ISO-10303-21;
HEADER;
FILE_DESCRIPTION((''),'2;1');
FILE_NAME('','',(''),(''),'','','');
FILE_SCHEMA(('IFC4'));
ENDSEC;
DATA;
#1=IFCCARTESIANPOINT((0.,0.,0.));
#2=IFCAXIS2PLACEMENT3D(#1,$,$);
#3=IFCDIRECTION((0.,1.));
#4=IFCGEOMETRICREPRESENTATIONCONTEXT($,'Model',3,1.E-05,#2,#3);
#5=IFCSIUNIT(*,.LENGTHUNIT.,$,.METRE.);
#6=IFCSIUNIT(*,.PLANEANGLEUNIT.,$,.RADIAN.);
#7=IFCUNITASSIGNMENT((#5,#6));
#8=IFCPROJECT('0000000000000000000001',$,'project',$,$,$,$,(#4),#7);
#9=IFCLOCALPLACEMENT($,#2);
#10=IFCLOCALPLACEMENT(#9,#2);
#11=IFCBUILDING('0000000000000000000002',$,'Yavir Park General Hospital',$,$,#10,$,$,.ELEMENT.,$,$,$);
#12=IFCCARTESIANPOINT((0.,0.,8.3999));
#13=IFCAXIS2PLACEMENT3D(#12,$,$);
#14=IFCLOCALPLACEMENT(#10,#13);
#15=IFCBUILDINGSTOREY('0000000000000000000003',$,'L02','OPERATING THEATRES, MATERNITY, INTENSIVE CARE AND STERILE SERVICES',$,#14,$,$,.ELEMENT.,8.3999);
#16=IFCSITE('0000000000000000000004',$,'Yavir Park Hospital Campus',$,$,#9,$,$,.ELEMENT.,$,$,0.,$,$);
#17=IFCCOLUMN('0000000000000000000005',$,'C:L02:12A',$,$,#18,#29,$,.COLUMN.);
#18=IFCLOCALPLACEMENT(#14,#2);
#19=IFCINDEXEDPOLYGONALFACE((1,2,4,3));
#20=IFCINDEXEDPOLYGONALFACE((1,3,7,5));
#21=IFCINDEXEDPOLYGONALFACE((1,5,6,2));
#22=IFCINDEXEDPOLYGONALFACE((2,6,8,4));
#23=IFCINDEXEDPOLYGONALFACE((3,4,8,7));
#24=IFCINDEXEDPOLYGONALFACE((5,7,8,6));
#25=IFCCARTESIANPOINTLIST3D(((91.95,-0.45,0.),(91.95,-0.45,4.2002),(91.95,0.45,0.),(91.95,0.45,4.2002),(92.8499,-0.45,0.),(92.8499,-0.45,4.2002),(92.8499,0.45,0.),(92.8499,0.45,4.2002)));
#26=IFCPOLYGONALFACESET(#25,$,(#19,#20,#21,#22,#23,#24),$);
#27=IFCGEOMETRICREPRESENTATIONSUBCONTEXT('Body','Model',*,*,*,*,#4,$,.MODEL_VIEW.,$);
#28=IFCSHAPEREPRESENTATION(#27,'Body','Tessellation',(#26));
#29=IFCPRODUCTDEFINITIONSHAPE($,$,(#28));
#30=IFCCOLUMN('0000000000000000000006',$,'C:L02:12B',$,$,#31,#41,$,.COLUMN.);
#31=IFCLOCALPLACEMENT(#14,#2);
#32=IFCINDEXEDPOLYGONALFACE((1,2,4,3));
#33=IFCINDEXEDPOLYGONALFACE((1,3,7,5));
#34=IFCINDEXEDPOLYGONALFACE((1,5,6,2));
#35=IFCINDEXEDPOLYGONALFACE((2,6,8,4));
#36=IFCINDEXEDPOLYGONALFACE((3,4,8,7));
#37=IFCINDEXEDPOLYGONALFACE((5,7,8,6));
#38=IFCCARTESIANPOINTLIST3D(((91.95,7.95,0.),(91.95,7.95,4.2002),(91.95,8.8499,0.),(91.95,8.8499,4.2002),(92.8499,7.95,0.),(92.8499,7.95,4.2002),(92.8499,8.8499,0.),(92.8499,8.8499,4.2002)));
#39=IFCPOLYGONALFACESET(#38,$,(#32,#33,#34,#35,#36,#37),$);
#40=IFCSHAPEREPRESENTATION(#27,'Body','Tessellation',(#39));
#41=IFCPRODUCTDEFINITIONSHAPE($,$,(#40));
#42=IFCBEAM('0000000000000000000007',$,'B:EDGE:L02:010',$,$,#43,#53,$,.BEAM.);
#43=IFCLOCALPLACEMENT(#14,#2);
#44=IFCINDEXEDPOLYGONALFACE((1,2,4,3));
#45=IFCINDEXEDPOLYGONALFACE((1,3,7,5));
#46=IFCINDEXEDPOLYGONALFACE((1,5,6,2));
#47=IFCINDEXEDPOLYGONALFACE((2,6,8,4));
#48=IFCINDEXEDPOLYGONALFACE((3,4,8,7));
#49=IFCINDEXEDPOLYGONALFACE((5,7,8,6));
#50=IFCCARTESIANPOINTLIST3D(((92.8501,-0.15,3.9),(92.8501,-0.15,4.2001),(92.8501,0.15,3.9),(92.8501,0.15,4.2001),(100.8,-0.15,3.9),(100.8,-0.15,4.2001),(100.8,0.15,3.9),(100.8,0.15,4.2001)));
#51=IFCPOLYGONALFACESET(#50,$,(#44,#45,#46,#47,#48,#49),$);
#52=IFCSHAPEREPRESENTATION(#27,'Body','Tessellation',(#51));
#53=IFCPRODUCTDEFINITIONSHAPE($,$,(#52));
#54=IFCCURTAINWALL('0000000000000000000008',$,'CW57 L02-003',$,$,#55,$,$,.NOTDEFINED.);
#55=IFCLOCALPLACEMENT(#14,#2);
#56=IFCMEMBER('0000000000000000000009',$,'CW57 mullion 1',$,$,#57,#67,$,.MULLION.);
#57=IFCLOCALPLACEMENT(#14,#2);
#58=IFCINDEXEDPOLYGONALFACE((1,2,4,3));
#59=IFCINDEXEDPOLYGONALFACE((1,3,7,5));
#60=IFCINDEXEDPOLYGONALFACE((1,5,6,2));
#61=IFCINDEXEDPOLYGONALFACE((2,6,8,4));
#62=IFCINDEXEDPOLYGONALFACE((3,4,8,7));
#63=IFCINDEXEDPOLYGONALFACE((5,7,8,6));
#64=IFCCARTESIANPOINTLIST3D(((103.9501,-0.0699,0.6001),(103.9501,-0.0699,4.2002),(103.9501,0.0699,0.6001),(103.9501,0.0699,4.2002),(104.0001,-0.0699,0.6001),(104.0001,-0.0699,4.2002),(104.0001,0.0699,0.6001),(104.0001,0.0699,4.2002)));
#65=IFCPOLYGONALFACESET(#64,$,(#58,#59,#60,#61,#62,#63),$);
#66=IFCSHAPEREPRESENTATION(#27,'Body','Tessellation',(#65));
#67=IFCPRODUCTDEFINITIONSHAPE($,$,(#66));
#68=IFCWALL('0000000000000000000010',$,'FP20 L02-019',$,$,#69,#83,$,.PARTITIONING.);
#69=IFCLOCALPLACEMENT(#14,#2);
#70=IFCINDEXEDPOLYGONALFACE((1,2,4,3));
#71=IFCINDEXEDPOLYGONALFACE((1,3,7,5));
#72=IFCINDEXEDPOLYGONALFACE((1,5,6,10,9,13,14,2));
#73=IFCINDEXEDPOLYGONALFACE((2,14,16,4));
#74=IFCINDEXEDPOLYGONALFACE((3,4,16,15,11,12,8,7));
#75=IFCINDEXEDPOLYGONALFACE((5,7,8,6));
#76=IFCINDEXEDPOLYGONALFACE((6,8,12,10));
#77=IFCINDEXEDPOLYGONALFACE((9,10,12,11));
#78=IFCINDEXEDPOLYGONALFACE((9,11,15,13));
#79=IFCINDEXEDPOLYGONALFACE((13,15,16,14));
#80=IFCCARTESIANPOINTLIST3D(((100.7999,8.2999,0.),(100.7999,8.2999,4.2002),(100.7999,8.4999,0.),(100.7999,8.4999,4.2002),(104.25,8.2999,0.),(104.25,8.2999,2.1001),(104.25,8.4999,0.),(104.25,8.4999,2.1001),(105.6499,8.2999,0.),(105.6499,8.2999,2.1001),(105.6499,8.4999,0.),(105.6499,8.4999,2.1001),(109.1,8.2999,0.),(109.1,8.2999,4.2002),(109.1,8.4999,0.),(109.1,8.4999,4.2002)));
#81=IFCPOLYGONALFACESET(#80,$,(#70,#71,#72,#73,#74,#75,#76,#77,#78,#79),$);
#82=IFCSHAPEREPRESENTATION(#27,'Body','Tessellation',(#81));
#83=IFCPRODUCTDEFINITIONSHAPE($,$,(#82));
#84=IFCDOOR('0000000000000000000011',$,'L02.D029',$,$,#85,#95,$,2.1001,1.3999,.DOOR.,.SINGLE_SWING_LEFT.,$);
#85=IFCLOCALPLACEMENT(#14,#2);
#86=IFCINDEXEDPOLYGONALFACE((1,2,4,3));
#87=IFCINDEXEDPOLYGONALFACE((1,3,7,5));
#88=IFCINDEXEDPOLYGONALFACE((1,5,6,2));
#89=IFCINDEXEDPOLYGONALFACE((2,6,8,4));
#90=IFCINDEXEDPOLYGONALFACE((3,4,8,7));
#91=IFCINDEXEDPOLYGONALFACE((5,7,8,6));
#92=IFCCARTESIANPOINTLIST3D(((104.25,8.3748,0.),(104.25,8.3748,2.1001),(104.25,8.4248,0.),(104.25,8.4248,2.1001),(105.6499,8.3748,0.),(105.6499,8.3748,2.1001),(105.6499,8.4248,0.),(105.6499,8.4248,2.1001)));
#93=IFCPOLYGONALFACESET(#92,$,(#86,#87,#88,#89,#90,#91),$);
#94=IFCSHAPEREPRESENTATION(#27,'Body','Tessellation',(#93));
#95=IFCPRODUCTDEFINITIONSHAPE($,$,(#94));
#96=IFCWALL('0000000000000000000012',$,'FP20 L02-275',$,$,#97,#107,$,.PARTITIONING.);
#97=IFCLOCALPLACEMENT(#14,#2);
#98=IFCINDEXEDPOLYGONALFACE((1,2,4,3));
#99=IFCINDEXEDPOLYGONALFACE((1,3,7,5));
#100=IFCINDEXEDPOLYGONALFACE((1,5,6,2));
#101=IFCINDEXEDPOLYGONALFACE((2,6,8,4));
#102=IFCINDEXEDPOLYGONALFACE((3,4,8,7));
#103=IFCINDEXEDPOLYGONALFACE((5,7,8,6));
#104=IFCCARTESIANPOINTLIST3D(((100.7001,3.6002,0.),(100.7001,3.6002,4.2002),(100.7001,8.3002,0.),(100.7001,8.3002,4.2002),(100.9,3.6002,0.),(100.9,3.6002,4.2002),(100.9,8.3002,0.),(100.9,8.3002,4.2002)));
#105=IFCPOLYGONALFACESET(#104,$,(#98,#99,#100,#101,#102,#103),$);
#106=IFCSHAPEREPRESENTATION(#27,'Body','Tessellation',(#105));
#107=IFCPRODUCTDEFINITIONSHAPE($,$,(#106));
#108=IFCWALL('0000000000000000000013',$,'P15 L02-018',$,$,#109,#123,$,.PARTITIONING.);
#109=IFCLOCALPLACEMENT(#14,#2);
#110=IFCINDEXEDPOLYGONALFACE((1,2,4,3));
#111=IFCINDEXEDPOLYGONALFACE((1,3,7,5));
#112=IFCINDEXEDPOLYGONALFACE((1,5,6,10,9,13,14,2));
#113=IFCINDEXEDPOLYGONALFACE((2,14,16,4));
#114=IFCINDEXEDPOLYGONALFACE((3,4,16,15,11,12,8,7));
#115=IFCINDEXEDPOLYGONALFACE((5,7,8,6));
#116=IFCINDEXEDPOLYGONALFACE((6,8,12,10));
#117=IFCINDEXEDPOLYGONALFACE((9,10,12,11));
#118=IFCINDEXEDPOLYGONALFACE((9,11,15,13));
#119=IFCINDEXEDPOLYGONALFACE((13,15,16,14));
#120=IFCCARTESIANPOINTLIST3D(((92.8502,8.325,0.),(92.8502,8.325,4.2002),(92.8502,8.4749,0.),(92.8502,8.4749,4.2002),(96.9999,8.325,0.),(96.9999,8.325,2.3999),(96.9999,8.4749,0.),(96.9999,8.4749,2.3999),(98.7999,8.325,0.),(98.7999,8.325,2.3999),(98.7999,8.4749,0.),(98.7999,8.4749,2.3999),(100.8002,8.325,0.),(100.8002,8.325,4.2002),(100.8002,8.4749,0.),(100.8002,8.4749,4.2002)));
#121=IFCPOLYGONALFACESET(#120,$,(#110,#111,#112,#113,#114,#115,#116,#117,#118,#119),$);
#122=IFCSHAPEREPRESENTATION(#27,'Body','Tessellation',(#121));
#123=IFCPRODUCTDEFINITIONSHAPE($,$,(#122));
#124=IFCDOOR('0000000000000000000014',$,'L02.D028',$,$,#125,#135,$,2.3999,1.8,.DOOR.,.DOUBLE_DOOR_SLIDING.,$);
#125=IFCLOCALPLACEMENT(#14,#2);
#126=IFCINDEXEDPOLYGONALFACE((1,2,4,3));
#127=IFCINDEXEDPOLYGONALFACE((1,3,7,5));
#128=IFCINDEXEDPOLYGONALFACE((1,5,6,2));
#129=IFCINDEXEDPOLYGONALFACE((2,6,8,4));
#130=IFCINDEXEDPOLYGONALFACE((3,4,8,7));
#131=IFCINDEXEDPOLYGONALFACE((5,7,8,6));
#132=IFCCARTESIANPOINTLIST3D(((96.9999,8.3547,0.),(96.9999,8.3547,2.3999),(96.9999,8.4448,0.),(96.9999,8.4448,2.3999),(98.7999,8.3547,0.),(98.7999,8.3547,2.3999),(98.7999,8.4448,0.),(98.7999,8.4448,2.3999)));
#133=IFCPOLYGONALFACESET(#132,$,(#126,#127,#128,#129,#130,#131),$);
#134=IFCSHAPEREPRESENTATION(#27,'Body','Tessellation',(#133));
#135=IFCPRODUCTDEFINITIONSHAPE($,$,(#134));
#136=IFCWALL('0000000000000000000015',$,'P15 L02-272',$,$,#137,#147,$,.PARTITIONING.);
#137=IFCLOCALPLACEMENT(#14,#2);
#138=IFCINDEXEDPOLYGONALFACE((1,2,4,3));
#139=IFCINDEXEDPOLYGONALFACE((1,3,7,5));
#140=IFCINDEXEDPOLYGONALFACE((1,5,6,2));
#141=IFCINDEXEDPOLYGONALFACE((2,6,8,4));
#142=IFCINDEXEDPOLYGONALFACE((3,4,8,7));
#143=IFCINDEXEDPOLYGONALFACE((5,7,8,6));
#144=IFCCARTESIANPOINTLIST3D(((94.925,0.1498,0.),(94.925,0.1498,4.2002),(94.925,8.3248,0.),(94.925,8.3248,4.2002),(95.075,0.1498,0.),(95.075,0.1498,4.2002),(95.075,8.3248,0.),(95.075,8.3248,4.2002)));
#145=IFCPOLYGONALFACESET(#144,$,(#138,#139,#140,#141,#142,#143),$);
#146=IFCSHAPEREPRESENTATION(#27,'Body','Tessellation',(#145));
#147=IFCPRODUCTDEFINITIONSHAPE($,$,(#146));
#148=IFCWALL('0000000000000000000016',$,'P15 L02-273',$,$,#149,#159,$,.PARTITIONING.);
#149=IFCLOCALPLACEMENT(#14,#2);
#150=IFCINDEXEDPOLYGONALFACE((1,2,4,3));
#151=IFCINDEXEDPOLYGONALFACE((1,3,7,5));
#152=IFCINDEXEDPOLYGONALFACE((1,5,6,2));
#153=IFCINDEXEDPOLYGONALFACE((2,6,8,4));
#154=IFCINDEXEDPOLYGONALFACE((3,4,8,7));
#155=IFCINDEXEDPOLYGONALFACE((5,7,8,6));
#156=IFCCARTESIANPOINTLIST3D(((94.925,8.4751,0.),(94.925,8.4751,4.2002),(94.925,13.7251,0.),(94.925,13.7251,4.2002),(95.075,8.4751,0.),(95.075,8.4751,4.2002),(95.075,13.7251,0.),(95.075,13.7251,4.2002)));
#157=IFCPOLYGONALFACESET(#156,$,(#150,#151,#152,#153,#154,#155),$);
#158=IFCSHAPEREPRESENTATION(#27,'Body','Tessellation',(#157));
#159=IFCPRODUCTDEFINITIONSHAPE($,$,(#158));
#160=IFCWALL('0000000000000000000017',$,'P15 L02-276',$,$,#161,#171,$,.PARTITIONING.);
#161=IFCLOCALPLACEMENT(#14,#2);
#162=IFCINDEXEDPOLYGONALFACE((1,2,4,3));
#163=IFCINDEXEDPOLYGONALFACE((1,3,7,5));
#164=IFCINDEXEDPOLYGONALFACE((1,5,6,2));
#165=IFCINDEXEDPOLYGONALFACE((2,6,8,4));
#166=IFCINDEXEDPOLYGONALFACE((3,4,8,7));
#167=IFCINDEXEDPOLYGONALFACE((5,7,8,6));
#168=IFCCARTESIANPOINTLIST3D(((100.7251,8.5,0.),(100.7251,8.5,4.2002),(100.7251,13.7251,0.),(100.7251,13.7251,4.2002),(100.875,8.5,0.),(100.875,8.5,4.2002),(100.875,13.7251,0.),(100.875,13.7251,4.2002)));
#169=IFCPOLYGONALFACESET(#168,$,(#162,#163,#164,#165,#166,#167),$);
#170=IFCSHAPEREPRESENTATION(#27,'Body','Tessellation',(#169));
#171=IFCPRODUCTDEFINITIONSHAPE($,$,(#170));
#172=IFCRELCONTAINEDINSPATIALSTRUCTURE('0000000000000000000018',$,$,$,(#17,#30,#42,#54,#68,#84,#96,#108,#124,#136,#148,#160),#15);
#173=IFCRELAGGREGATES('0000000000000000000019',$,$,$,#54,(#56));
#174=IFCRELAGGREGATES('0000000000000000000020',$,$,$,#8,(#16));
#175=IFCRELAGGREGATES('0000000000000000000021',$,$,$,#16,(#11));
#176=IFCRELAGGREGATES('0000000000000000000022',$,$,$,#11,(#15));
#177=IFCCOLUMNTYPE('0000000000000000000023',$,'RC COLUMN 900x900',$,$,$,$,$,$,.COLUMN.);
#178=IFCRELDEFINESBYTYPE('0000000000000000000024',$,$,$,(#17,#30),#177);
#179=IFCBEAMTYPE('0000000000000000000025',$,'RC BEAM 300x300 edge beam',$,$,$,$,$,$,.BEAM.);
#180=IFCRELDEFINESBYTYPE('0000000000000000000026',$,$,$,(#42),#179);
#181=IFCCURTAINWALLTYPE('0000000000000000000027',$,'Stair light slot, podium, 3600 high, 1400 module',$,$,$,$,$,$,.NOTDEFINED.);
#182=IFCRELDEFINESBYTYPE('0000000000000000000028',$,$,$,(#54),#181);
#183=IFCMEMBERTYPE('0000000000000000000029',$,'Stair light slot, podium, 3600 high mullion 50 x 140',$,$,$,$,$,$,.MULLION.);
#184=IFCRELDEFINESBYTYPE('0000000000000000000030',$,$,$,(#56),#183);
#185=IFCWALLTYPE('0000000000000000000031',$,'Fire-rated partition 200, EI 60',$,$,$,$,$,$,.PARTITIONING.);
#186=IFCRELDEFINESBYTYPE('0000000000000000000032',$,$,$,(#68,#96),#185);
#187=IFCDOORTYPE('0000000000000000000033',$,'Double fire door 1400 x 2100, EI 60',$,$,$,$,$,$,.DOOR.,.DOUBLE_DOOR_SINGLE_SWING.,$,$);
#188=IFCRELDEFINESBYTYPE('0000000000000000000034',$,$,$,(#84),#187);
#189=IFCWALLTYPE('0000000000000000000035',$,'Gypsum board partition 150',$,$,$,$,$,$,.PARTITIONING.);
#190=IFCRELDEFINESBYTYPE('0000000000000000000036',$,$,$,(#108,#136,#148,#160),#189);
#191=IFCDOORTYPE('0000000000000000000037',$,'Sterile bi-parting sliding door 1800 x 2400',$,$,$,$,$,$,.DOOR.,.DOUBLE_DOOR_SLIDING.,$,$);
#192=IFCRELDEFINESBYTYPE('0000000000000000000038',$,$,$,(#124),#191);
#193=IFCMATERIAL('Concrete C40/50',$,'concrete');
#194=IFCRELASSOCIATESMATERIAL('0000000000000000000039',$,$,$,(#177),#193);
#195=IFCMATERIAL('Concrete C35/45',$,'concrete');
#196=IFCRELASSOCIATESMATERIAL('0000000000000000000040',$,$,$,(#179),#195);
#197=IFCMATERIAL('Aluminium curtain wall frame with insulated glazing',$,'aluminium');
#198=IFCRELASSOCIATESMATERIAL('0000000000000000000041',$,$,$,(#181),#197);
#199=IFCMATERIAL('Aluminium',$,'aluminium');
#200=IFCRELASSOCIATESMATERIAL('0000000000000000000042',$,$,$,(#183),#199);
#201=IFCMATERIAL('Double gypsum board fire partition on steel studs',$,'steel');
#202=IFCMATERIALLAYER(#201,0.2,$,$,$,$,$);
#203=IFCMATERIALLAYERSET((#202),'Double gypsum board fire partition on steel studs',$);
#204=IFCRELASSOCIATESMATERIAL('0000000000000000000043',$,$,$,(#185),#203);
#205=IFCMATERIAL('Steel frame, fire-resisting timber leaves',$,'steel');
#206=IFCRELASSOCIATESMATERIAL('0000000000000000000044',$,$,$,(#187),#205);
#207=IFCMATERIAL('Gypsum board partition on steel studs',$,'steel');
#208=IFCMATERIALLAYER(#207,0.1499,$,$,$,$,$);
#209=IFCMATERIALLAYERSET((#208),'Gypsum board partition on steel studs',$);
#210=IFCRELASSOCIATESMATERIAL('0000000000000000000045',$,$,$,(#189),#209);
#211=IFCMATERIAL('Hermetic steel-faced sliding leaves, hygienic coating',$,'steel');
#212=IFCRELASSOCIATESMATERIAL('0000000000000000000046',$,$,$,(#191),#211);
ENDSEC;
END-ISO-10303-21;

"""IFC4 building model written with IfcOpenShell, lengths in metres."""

from ifc_helpers import new_model, si_unit, direction, frame, frame_2d, origin, origin_2d, place, context, subcontext, project, spatial, rectangle, extrude, material, layer, layer_set, material_profile, profile_set, type_object, element, fill, aggregate, save


model = new_model("IFC4")

# Units and contexts
model_context = context("Model", 3, precision=1e-05, world=origin(), true_north=direction((0.0, 1.0)))
body_context = subcontext(model_context, "Body", "Model", "MODEL_VIEW")
ifc_project = project(units=[si_unit("LENGTHUNIT", "METRE"), si_unit("PLANEANGLEUNIT", "RADIAN")], contexts=[model_context])

# Site, building, storey
site_placement = place(None, origin())
site = spatial("IfcSite", under=ifc_project, at=site_placement, Name="Yavir Park Hospital Campus", CompositionType="ELEMENT", RefElevation=0.0)
building_placement = place(site_placement, origin())
building = spatial("IfcBuilding", under=site, at=building_placement, Name="Yavir Park General Hospital", CompositionType="ELEMENT")
storey_placement = place(building_placement, frame((0.0, 0.0, 8.3999)))
storey = spatial("IfcBuildingStorey", under=building, at=storey_placement, Name="L02", Description="OPERATING THEATRES, MATERNITY, INTENSIVE CARE AND STERILE SERVICES", CompositionType="ELEMENT", Elevation=8.3999)

# Columns
ifc_material_1 = material(Name="Concrete C40/50", Category="concrete")
ifc_material_profile_1 = material_profile(ifc_material_1, rectangle(XDim=0.8999, YDim=0.8999, at=origin_2d()), Name="RC900x900")
ifc_profile_set_1 = profile_set([ifc_material_profile_1], Name="Concrete C40/50")
column_type = type_object("IfcColumnType", Name="RC COLUMN 900x900", PredefinedType="COLUMN", material=ifc_profile_set_1)
for number, where, z_axis, x_axis, name in (
    (1, (92.3999, 0.0, 0.0), (0.0, 0.0, 1.0), (1.0, 0.0, 0.0), "C:L02:12A"),
    (2, (92.3999, 8.3999, 0.0), (0.0, 0.0, 1.0), (1.0, 0.0, 0.0), "C:L02:12B"),
):
    element("IfcColumn", number, at=place(storey_placement, frame(where, z_axis=z_axis, x_axis=x_axis)), inside=storey, type_object=column_type, Name=name, PredefinedType="COLUMN", context=body_context, shape_type="SweptSolid", body=[
        extrude(rectangle(XDim=0.8999, YDim=0.8999, at=origin_2d()), origin(), (0.0, 0.0, 1.0), 4.2002),
    ])

# Beam
ifc_material_2 = material(Name="Concrete C35/45", Category="concrete")
ifc_material_profile_2 = material_profile(ifc_material_2, rectangle(XDim=0.3, YDim=0.3, at=origin_2d()), Name="RC300x300")
ifc_profile_set_2 = profile_set([ifc_material_profile_2], Name="Concrete C35/45")
beam_type = type_object("IfcBeamType", Name="RC BEAM 300x300 edge beam", PredefinedType="BEAM", material=ifc_profile_set_2)
beam_placement = place(storey_placement, frame((92.8501, 0.0, 4.05), z_axis=(1.0, 0.0, 0.0), x_axis=(0.0, 1.0, 0.0)))
element("IfcBeam", 3, at=beam_placement, inside=storey, type_object=beam_type, Name="B:EDGE:L02:010", PredefinedType="BEAM", context=body_context, shape_type="SweptSolid", body=[
    extrude(rectangle(XDim=0.3, YDim=0.3, at=origin_2d()), origin(), (0.0, 0.0, 1.0), 7.95),
])

# Curtain wall, member
ifc_material_3 = material(Name="Aluminium curtain wall frame with insulated glazing", Category="aluminium")
curtain_wall_type = type_object("IfcCurtainWallType", Name="Stair light slot, podium, 3600 high, 1400 module", PredefinedType="NOTDEFINED", material=ifc_material_3)
curtain_wall_placement = place(storey_placement, origin())
curtain_wall = element("IfcCurtainWall", 4, at=curtain_wall_placement, inside=storey, type_object=curtain_wall_type, Name="CW57 L02-003", PredefinedType="NOTDEFINED")
ifc_material_4 = material(Name="Aluminium", Category="aluminium")
ifc_material_profile_3 = material_profile(ifc_material_4, rectangle(XDim=0.1399, YDim=0.05, at=origin_2d()), Name="AL 50x140")
ifc_profile_set_3 = profile_set([ifc_material_profile_3], Name="Aluminium")
member_type = type_object("IfcMemberType", Name="Stair light slot, podium, 3600 high mullion 50 x 140", PredefinedType="MULLION", material=ifc_profile_set_3)
member_placement = place(storey_placement, frame((103.9751, 0.0, 0.6001), z_axis=(0.0, 0.0, 1.0), x_axis=(0.0, 1.0, 0.0)))
member = element("IfcMember", 5, at=member_placement, type_object=member_type, Name="CW57 mullion 1", PredefinedType="MULLION", context=body_context, shape_type="SweptSolid", body=[
    extrude(rectangle(XDim=0.1399, YDim=0.05, at=origin_2d()), origin(), (0.0, 0.0, 1.0), 3.6001),
])
aggregate(curtain_wall, [member])

# Wall, opening, door
ifc_material_5 = material(Name="Double gypsum board fire partition on steel studs", Category="steel")
ifc_layer_1 = layer(ifc_material_5, 0.2)
ifc_layer_set_1 = layer_set([ifc_layer_1], Name="Double gypsum board fire partition on steel studs")
wall_type_1 = type_object("IfcWallType", Name="Fire-rated partition 200, EI 60", PredefinedType="PARTITIONING", material=ifc_layer_set_1)
wall_1_placement = place(storey_placement, frame((100.8, 8.3999, 0.0), z_axis=(0.0, 0.0, 1.0), x_axis=(1.0, 0.0, 0.0)))
wall_1 = element("IfcWall", 6, at=wall_1_placement, inside=storey, type_object=wall_type_1, Name="FP20 L02-019", PredefinedType="PARTITIONING", context=body_context, shape_type="SweptSolid", body=[
    extrude(rectangle(XDim=8.3, YDim=0.2, at=frame_2d((4.1499, 0.0))), origin(), (0.0, 0.0, 1.0), 4.2002),
])
opening_1_placement = place(wall_1_placement, frame((3.45, 0.0, 0.0)))
opening_1 = element("IfcOpeningElement", 7, at=opening_1_placement, cuts=wall_1, PredefinedType="OPENING", context=body_context, shape_type="SweptSolid", body=[
    extrude(rectangle(XDim=1.3999, YDim=2.1001, at=frame_2d((0.7, 1.05))), frame((0.0, 0.1099, 0.0), z_axis=(0.0, -1.0, 0.0), x_axis=(1.0, 0.0, 0.0)), (0.0, 0.0, 1.0), 0.22),
])
ifc_material_6 = material(Name="Steel frame, fire-resisting timber leaves", Category="steel")
door_type_1 = type_object("IfcDoorType", Name="Double fire door 1400 x 2100, EI 60", OperationType="DOUBLE_DOOR_SINGLE_SWING", PredefinedType="DOOR", material=ifc_material_6)
door_1_placement = place(opening_1_placement, origin())
door_1 = element("IfcDoor", 8, at=door_1_placement, inside=storey, type_object=door_type_1, Name="L02.D029", OperationType="SINGLE_SWING_LEFT", OverallHeight=2.1001, OverallWidth=1.3999, PredefinedType="DOOR", context=body_context, shape_type="SweptSolid", body=[
    extrude(rectangle(XDim=1.3999, YDim=2.1001, at=frame_2d((0.7, 1.05))), frame((0.0, 0.0249, 0.0), z_axis=(0.0, -1.0, 0.0), x_axis=(1.0, 0.0, 0.0)), (0.0, 0.0, 1.0), 0.05),
])
fill(opening_1, door_1)

# Wall
wall_2_placement = place(storey_placement, frame((100.8, 3.6001, 0.0), z_axis=(0.0, 0.0, 1.0), x_axis=(0.0, 1.0, 0.0)))
element("IfcWall", 9, at=wall_2_placement, inside=storey, type_object=wall_type_1, Name="FP20 L02-275", PredefinedType="PARTITIONING", context=body_context, shape_type="SweptSolid", body=[
    extrude(rectangle(XDim=4.7, YDim=0.2, at=frame_2d((2.3501, 0.0))), origin(), (0.0, 0.0, 1.0), 4.2002),
])

# Wall, opening, door
ifc_material_7 = material(Name="Gypsum board partition on steel studs", Category="steel")
ifc_layer_2 = layer(ifc_material_7, 0.1499)
ifc_layer_set_2 = layer_set([ifc_layer_2], Name="Gypsum board partition on steel studs")
wall_type_2 = type_object("IfcWallType", Name="Gypsum board partition 150", PredefinedType="PARTITIONING", material=ifc_layer_set_2)
wall_3_placement = place(storey_placement, frame((92.8501, 8.3999, 0.0), z_axis=(0.0, 0.0, 1.0), x_axis=(1.0, 0.0, 0.0)))
wall_3 = element("IfcWall", 10, at=wall_3_placement, inside=storey, type_object=wall_type_2, Name="P15 L02-018", PredefinedType="PARTITIONING", context=body_context, shape_type="SweptSolid", body=[
    extrude(rectangle(XDim=7.95, YDim=0.1499, at=frame_2d((3.9751, 0.0))), origin(), (0.0, 0.0, 1.0), 4.2002),
])
opening_2_placement = place(wall_3_placement, frame((4.1499, 0.0, 0.0)))
opening_2 = element("IfcOpeningElement", 11, at=opening_2_placement, cuts=wall_3, PredefinedType="OPENING", context=body_context, shape_type="SweptSolid", body=[
    extrude(rectangle(XDim=1.8, YDim=2.3999, at=frame_2d((0.8999, 1.2))), frame((0.0, 0.085, 0.0), z_axis=(0.0, -1.0, 0.0), x_axis=(1.0, 0.0, 0.0)), (0.0, 0.0, 1.0), 0.1699),
])
ifc_material_8 = material(Name="Hermetic steel-faced sliding leaves, hygienic coating", Category="steel")
door_type_2 = type_object("IfcDoorType", Name="Sterile bi-parting sliding door 1800 x 2400", OperationType="DOUBLE_DOOR_SLIDING", PredefinedType="DOOR", material=ifc_material_8)
door_2_placement = place(opening_2_placement, origin())
door_2 = element("IfcDoor", 12, at=door_2_placement, inside=storey, type_object=door_type_2, Name="L02.D028", OperationType="DOUBLE_DOOR_SLIDING", OverallHeight=2.3999, OverallWidth=1.8, PredefinedType="DOOR", context=body_context, shape_type="SweptSolid", body=[
    extrude(rectangle(XDim=1.8, YDim=2.3999, at=frame_2d((0.8999, 1.2))), frame((0.0, 0.0449, 0.0), z_axis=(0.0, -1.0, 0.0), x_axis=(1.0, 0.0, 0.0)), (0.0, 0.0, 1.0), 0.0901),
])
fill(opening_2, door_2)

# Walls
wall_4_placement = place(storey_placement, frame((95.0, 0.1499, 0.0), z_axis=(0.0, 0.0, 1.0), x_axis=(0.0, 1.0, 0.0)))
element("IfcWall", 13, at=wall_4_placement, inside=storey, type_object=wall_type_2, Name="P15 L02-272", PredefinedType="PARTITIONING", context=body_context, shape_type="SweptSolid", body=[
    extrude(rectangle(XDim=8.175, YDim=0.1499, at=frame_2d((4.0874, 0.0))), origin(), (0.0, 0.0, 1.0), 4.2002),
])
wall_5_placement = place(storey_placement, frame((95.0, 8.4751, 0.0), z_axis=(0.0, 0.0, 1.0), x_axis=(0.0, 1.0, 0.0)))
element("IfcWall", 14, at=wall_5_placement, inside=storey, type_object=wall_type_2, Name="P15 L02-273", PredefinedType="PARTITIONING", context=body_context, shape_type="SweptSolid", body=[
    extrude(rectangle(XDim=5.25, YDim=0.1499, at=frame_2d((2.625, 0.0))), origin(), (0.0, 0.0, 1.0), 4.2002),
])
wall_6_placement = place(storey_placement, frame((100.8, 8.5, 0.0), z_axis=(0.0, 0.0, 1.0), x_axis=(0.0, 1.0, 0.0)))
element("IfcWall", 15, at=wall_6_placement, inside=storey, type_object=wall_type_2, Name="P15 L02-276", PredefinedType="PARTITIONING", context=body_context, shape_type="SweptSolid", body=[
    extrude(rectangle(XDim=5.2251, YDim=0.1499, at=frame_2d((2.6125, 0.0))), origin(), (0.0, 0.0, 1.0), 4.2002),
])

save(model, "model.ifc")
